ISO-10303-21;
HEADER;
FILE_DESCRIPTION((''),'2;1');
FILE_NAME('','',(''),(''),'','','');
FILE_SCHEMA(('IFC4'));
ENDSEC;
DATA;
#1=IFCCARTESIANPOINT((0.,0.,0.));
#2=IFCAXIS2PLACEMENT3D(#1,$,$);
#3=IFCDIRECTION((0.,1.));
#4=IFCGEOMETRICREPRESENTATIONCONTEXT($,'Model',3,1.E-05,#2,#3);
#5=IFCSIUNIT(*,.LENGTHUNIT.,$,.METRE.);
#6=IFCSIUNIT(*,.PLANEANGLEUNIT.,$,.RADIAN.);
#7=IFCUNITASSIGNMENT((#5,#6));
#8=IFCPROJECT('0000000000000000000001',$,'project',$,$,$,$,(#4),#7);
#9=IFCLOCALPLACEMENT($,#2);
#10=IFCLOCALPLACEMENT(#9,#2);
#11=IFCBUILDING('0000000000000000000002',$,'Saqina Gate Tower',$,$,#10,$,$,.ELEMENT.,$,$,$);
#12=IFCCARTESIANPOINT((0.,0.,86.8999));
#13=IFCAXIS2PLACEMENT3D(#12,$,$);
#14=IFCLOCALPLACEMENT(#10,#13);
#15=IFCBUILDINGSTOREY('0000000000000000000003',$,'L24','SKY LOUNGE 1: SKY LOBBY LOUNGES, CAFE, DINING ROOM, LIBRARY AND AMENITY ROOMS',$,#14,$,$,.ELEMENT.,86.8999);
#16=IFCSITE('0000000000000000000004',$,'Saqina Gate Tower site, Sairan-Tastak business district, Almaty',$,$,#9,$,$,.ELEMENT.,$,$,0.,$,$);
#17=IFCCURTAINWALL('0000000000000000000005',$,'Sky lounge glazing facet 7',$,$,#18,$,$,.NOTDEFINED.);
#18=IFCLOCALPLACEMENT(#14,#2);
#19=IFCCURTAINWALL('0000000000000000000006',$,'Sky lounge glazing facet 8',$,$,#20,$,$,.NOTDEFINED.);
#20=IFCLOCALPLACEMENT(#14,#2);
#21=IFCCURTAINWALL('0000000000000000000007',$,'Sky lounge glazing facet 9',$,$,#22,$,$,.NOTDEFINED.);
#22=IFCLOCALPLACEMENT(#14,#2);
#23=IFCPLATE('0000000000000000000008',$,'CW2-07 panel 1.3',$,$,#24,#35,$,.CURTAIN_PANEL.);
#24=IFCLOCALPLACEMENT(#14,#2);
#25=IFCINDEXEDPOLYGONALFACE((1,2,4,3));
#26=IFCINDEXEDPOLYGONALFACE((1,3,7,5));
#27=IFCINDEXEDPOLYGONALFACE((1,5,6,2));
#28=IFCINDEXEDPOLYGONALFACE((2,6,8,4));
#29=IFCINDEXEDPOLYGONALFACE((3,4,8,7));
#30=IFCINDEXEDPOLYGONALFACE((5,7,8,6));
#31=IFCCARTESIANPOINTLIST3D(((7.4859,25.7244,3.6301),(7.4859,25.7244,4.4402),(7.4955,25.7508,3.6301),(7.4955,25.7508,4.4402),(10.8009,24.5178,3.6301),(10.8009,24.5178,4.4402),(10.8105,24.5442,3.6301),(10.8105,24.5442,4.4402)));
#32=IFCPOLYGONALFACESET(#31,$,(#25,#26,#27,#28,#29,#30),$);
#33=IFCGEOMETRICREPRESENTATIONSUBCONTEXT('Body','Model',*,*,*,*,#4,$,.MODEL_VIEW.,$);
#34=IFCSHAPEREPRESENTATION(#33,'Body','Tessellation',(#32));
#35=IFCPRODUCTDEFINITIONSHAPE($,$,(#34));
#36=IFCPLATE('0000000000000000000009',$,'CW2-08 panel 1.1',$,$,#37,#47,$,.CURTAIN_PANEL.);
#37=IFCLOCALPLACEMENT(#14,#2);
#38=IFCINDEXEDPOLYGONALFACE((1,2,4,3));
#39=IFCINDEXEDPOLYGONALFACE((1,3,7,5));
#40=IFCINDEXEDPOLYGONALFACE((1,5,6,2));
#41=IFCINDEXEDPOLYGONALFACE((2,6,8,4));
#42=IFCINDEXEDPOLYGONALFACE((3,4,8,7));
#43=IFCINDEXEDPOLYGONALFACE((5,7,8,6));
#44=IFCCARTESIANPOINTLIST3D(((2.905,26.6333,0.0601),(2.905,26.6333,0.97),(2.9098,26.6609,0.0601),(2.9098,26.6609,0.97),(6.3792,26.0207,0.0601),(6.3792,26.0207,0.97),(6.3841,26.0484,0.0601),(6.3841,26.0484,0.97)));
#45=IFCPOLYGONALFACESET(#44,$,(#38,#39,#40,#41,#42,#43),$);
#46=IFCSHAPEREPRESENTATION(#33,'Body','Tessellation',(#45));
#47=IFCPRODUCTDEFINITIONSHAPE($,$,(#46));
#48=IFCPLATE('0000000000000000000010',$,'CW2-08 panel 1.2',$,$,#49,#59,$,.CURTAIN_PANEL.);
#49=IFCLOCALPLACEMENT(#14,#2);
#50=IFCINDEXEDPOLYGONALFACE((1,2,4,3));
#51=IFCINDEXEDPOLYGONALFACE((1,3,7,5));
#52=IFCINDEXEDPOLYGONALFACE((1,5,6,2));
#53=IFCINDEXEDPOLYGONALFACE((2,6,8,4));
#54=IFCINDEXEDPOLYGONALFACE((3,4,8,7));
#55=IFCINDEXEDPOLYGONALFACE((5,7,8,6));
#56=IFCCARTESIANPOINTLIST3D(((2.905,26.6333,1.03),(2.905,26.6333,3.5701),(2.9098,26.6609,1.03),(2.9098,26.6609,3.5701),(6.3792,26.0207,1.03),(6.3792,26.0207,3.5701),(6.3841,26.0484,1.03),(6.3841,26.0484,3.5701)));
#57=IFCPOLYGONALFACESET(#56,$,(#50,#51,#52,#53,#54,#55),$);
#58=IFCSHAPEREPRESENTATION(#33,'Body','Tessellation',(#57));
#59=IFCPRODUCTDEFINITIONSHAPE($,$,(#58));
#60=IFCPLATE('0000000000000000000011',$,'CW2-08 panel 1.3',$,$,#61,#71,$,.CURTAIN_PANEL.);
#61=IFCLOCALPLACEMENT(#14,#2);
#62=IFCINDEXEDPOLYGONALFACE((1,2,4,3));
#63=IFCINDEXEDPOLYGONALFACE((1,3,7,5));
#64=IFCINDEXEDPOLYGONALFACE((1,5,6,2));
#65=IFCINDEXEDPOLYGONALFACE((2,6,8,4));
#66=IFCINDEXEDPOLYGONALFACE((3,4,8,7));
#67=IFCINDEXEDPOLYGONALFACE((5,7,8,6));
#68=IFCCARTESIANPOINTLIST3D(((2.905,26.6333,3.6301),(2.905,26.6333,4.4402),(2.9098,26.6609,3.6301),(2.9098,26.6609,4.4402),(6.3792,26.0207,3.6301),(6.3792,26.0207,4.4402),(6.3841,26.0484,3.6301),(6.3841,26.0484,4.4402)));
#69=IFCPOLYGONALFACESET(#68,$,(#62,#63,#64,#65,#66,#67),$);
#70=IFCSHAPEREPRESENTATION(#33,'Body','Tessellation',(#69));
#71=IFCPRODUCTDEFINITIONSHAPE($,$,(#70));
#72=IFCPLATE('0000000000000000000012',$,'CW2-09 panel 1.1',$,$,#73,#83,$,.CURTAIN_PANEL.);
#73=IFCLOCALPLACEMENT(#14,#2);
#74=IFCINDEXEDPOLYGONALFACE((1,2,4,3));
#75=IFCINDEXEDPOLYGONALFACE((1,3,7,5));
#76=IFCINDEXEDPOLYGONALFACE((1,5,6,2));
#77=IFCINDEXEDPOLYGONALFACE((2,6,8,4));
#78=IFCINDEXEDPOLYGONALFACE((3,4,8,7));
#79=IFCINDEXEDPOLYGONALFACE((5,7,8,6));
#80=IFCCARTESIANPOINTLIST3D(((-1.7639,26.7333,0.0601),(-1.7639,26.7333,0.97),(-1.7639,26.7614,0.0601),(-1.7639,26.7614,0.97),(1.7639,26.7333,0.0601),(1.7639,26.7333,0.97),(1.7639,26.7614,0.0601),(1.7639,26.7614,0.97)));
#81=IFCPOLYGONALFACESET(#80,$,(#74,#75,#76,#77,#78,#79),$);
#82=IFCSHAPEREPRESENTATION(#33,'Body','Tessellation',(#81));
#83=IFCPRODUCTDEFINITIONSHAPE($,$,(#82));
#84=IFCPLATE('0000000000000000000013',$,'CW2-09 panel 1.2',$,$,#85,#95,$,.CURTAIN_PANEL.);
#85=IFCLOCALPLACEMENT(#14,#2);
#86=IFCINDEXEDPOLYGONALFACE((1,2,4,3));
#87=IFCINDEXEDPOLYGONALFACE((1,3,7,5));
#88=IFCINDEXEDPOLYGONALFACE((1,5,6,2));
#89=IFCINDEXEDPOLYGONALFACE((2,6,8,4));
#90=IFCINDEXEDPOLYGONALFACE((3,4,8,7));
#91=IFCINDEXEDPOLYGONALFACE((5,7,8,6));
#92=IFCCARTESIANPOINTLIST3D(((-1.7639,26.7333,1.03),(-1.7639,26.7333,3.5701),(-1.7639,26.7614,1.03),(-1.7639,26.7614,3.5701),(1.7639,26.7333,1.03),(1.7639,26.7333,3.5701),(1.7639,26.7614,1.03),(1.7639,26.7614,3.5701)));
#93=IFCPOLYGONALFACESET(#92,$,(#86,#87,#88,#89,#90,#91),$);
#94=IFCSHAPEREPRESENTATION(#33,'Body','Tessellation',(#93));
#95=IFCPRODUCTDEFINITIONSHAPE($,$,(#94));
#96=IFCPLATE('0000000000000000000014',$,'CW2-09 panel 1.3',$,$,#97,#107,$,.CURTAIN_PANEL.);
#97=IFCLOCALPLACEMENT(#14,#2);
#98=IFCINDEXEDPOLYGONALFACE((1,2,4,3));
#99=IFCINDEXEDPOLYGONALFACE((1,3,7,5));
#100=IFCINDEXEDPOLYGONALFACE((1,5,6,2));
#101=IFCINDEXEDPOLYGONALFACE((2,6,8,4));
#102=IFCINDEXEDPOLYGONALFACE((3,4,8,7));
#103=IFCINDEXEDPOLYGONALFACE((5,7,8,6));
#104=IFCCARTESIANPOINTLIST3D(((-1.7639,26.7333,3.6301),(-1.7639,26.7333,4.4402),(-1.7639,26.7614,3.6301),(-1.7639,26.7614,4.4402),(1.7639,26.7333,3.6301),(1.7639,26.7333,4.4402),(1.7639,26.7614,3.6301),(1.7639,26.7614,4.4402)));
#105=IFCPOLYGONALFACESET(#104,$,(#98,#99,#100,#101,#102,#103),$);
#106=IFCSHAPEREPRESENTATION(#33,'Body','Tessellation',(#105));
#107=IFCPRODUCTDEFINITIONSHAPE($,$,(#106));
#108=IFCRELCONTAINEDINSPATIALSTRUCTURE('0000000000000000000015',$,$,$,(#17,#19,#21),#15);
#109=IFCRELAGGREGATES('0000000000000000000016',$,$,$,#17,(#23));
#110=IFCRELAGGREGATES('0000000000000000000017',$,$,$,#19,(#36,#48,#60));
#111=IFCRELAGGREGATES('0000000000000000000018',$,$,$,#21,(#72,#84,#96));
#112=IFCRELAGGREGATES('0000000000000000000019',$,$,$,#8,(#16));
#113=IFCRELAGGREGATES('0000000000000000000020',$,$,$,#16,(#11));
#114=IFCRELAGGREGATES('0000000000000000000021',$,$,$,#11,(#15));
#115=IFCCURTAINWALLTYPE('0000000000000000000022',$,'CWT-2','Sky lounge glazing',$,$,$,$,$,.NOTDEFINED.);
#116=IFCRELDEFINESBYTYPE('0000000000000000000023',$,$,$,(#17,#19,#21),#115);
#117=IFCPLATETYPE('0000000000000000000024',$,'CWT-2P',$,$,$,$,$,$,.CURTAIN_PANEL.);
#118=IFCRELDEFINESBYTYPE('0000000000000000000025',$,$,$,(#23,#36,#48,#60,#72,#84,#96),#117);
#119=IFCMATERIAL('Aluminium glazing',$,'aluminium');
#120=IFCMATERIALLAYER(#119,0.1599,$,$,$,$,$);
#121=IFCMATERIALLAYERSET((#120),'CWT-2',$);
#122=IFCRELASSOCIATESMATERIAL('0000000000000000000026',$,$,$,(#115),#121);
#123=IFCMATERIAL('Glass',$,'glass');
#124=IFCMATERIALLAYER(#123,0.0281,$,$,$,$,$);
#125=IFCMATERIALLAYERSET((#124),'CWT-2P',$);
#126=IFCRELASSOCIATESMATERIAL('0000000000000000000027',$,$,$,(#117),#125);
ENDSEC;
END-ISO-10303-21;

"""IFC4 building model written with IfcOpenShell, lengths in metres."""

from ifc_helpers import new_model, si_unit, direction, frame, origin, origin_2d, place, context, subcontext, project, spatial, rectangle, extrude, material, layer, layer_set, type_object, element, aggregate, save


model = new_model("IFC4")

# Units and contexts
model_context = context("Model", 3, precision=1e-05, world=origin(), true_north=direction((0.0, 1.0)))
body_context = subcontext(model_context, "Body", "Model", "MODEL_VIEW")
ifc_project = project(units=[si_unit("LENGTHUNIT", "METRE"), si_unit("PLANEANGLEUNIT", "RADIAN")], contexts=[model_context])

# Site, building, storey
site_placement = place(None, origin())
site = spatial("IfcSite", under=ifc_project, at=site_placement, Name="Saqina Gate Tower site, Sairan-Tastak business district, Almaty", CompositionType="ELEMENT", RefElevation=0.0)
building_placement = place(site_placement, origin())
building = spatial("IfcBuilding", under=site, at=building_placement, Name="Saqina Gate Tower", CompositionType="ELEMENT")
storey_placement = place(building_placement, frame((0.0, 0.0, 86.8999)))
storey = spatial("IfcBuildingStorey", under=building, at=storey_placement, Name="L24", Description="SKY LOUNGE 1: SKY LOBBY LOUNGES, CAFE, DINING ROOM, LIBRARY AND AMENITY ROOMS", CompositionType="ELEMENT", Elevation=86.8999)

# Curtain wall
ifc_material_1 = material(Name="Aluminium glazing", Category="aluminium")
ifc_layer_1 = layer(ifc_material_1, 0.1599)
ifc_layer_set_1 = layer_set([ifc_layer_1], Name="CWT-2")
curtain_wall_type = type_object("IfcCurtainWallType", Name="CWT-2", Description="Sky lounge glazing", PredefinedType="NOTDEFINED", material=ifc_layer_set_1)
curtain_wall_1_placement = place(storey_placement, origin())
curtain_wall_1 = element("IfcCurtainWall", 1, at=curtain_wall_1_placement, inside=storey, type_object=curtain_wall_type, Name="Sky lounge glazing facet 7", PredefinedType="NOTDEFINED")

# Curtain wall
curtain_wall_2_placement = place(storey_placement, origin())
curtain_wall_2 = element("IfcCurtainWall", 2, at=curtain_wall_2_placement, inside=storey, type_object=curtain_wall_type, Name="Sky lounge glazing facet 8", PredefinedType="NOTDEFINED")

# Curtain wall
curtain_wall_3_placement = place(storey_placement, origin())
curtain_wall_3 = element("IfcCurtainWall", 3, at=curtain_wall_3_placement, inside=storey, type_object=curtain_wall_type, Name="Sky lounge glazing facet 9", PredefinedType="NOTDEFINED")

# Plates
ifc_material_2 = material(Name="Glass", Category="glass")
ifc_layer_2 = layer(ifc_material_2, 0.0281)
ifc_layer_set_2 = layer_set([ifc_layer_2], Name="CWT-2P")
plate_type = type_object("IfcPlateType", Name="CWT-2P", PredefinedType="CURTAIN_PANEL", material=ifc_layer_set_2)
plate_1_placement = place(storey_placement, frame((9.1482, 25.1343, 3.6301), z_axis=(0.0, 0.0, 1.0), x_axis=(-0.939694, 0.342016, 0.0)))
plate_1 = element("IfcPlate", 4, at=plate_1_placement, type_object=plate_type, Name="CW2-07 panel 1.3", PredefinedType="CURTAIN_PANEL", context=body_context, shape_type="SweptSolid", body=[
    extrude(rectangle(XDim=3.5278, YDim=0.0281, at=origin_2d()), origin(), (0.0, 0.0, 1.0), 0.8101),
])
aggregate(curtain_wall_1, [plate_1])
plate_2_placement = place(storey_placement, frame((4.6445, 26.3408, 0.0601), z_axis=(0.0, 0.0, 1.0), x_axis=(-0.984809, 0.173638, 0.0)))
plate_2 = element("IfcPlate", 5, at=plate_2_placement, type_object=plate_type, Name="CW2-08 panel 1.1", PredefinedType="CURTAIN_PANEL", context=body_context, shape_type="SweptSolid", body=[
    extrude(rectangle(XDim=3.5278, YDim=0.0281, at=origin_2d()), origin(), (0.0, 0.0, 1.0), 0.9099),
])
plate_3_placement = place(storey_placement, frame((4.6445, 26.3408, 1.03), z_axis=(0.0, 0.0, 1.0), x_axis=(-0.984809, 0.173638, 0.0)))
plate_3 = element("IfcPlate", 6, at=plate_3_placement, type_object=plate_type, Name="CW2-08 panel 1.2", PredefinedType="CURTAIN_PANEL", context=body_context, shape_type="SweptSolid", body=[
    extrude(rectangle(XDim=3.5278, YDim=0.0281, at=origin_2d()), origin(), (0.0, 0.0, 1.0), 2.54),
])
plate_4_placement = place(storey_placement, frame((4.6445, 26.3408, 3.6301), z_axis=(0.0, 0.0, 1.0), x_axis=(-0.984809, 0.173638, 0.0)))
plate_4 = element("IfcPlate", 7, at=plate_4_placement, type_object=plate_type, Name="CW2-08 panel 1.3", PredefinedType="CURTAIN_PANEL", context=body_context, shape_type="SweptSolid", body=[
    extrude(rectangle(XDim=3.5278, YDim=0.0281, at=origin_2d()), origin(), (0.0, 0.0, 1.0), 0.8101),
])
aggregate(curtain_wall_2, [plate_2, plate_3, plate_4])
plate_5_placement = place(storey_placement, frame((0.0, 26.7473, 0.0601), z_axis=(0.0, 0.0, 1.0), x_axis=(-1.0, 0.0, 0.0)))
plate_5 = element("IfcPlate", 8, at=plate_5_placement, type_object=plate_type, Name="CW2-09 panel 1.1", PredefinedType="CURTAIN_PANEL", context=body_context, shape_type="SweptSolid", body=[
    extrude(rectangle(XDim=3.5278, YDim=0.0281, at=origin_2d()), origin(), (0.0, 0.0, 1.0), 0.9099),
])
plate_6_placement = place(storey_placement, frame((0.0, 26.7473, 1.03), z_axis=(0.0, 0.0, 1.0), x_axis=(-1.0, 0.0, 0.0)))
plate_6 = element("IfcPlate", 9, at=plate_6_placement, type_object=plate_type, Name="CW2-09 panel 1.2", PredefinedType="CURTAIN_PANEL", context=body_context, shape_type="SweptSolid", body=[
    extrude(rectangle(XDim=3.5278, YDim=0.0281, at=origin_2d()), origin(), (0.0, 0.0, 1.0), 2.54),
])
plate_7_placement = place(storey_placement, frame((0.0, 26.7473, 3.6301), z_axis=(0.0, 0.0, 1.0), x_axis=(-1.0, 0.0, 0.0)))
plate_7 = element("IfcPlate", 10, at=plate_7_placement, type_object=plate_type, Name="CW2-09 panel 1.3", PredefinedType="CURTAIN_PANEL", context=body_context, shape_type="SweptSolid", body=[
    extrude(rectangle(XDim=3.5278, YDim=0.0281, at=origin_2d()), origin(), (0.0, 0.0, 1.0), 0.8101),
])
aggregate(curtain_wall_3, [plate_5, plate_6, plate_7])

save(model, "model.ifc")
